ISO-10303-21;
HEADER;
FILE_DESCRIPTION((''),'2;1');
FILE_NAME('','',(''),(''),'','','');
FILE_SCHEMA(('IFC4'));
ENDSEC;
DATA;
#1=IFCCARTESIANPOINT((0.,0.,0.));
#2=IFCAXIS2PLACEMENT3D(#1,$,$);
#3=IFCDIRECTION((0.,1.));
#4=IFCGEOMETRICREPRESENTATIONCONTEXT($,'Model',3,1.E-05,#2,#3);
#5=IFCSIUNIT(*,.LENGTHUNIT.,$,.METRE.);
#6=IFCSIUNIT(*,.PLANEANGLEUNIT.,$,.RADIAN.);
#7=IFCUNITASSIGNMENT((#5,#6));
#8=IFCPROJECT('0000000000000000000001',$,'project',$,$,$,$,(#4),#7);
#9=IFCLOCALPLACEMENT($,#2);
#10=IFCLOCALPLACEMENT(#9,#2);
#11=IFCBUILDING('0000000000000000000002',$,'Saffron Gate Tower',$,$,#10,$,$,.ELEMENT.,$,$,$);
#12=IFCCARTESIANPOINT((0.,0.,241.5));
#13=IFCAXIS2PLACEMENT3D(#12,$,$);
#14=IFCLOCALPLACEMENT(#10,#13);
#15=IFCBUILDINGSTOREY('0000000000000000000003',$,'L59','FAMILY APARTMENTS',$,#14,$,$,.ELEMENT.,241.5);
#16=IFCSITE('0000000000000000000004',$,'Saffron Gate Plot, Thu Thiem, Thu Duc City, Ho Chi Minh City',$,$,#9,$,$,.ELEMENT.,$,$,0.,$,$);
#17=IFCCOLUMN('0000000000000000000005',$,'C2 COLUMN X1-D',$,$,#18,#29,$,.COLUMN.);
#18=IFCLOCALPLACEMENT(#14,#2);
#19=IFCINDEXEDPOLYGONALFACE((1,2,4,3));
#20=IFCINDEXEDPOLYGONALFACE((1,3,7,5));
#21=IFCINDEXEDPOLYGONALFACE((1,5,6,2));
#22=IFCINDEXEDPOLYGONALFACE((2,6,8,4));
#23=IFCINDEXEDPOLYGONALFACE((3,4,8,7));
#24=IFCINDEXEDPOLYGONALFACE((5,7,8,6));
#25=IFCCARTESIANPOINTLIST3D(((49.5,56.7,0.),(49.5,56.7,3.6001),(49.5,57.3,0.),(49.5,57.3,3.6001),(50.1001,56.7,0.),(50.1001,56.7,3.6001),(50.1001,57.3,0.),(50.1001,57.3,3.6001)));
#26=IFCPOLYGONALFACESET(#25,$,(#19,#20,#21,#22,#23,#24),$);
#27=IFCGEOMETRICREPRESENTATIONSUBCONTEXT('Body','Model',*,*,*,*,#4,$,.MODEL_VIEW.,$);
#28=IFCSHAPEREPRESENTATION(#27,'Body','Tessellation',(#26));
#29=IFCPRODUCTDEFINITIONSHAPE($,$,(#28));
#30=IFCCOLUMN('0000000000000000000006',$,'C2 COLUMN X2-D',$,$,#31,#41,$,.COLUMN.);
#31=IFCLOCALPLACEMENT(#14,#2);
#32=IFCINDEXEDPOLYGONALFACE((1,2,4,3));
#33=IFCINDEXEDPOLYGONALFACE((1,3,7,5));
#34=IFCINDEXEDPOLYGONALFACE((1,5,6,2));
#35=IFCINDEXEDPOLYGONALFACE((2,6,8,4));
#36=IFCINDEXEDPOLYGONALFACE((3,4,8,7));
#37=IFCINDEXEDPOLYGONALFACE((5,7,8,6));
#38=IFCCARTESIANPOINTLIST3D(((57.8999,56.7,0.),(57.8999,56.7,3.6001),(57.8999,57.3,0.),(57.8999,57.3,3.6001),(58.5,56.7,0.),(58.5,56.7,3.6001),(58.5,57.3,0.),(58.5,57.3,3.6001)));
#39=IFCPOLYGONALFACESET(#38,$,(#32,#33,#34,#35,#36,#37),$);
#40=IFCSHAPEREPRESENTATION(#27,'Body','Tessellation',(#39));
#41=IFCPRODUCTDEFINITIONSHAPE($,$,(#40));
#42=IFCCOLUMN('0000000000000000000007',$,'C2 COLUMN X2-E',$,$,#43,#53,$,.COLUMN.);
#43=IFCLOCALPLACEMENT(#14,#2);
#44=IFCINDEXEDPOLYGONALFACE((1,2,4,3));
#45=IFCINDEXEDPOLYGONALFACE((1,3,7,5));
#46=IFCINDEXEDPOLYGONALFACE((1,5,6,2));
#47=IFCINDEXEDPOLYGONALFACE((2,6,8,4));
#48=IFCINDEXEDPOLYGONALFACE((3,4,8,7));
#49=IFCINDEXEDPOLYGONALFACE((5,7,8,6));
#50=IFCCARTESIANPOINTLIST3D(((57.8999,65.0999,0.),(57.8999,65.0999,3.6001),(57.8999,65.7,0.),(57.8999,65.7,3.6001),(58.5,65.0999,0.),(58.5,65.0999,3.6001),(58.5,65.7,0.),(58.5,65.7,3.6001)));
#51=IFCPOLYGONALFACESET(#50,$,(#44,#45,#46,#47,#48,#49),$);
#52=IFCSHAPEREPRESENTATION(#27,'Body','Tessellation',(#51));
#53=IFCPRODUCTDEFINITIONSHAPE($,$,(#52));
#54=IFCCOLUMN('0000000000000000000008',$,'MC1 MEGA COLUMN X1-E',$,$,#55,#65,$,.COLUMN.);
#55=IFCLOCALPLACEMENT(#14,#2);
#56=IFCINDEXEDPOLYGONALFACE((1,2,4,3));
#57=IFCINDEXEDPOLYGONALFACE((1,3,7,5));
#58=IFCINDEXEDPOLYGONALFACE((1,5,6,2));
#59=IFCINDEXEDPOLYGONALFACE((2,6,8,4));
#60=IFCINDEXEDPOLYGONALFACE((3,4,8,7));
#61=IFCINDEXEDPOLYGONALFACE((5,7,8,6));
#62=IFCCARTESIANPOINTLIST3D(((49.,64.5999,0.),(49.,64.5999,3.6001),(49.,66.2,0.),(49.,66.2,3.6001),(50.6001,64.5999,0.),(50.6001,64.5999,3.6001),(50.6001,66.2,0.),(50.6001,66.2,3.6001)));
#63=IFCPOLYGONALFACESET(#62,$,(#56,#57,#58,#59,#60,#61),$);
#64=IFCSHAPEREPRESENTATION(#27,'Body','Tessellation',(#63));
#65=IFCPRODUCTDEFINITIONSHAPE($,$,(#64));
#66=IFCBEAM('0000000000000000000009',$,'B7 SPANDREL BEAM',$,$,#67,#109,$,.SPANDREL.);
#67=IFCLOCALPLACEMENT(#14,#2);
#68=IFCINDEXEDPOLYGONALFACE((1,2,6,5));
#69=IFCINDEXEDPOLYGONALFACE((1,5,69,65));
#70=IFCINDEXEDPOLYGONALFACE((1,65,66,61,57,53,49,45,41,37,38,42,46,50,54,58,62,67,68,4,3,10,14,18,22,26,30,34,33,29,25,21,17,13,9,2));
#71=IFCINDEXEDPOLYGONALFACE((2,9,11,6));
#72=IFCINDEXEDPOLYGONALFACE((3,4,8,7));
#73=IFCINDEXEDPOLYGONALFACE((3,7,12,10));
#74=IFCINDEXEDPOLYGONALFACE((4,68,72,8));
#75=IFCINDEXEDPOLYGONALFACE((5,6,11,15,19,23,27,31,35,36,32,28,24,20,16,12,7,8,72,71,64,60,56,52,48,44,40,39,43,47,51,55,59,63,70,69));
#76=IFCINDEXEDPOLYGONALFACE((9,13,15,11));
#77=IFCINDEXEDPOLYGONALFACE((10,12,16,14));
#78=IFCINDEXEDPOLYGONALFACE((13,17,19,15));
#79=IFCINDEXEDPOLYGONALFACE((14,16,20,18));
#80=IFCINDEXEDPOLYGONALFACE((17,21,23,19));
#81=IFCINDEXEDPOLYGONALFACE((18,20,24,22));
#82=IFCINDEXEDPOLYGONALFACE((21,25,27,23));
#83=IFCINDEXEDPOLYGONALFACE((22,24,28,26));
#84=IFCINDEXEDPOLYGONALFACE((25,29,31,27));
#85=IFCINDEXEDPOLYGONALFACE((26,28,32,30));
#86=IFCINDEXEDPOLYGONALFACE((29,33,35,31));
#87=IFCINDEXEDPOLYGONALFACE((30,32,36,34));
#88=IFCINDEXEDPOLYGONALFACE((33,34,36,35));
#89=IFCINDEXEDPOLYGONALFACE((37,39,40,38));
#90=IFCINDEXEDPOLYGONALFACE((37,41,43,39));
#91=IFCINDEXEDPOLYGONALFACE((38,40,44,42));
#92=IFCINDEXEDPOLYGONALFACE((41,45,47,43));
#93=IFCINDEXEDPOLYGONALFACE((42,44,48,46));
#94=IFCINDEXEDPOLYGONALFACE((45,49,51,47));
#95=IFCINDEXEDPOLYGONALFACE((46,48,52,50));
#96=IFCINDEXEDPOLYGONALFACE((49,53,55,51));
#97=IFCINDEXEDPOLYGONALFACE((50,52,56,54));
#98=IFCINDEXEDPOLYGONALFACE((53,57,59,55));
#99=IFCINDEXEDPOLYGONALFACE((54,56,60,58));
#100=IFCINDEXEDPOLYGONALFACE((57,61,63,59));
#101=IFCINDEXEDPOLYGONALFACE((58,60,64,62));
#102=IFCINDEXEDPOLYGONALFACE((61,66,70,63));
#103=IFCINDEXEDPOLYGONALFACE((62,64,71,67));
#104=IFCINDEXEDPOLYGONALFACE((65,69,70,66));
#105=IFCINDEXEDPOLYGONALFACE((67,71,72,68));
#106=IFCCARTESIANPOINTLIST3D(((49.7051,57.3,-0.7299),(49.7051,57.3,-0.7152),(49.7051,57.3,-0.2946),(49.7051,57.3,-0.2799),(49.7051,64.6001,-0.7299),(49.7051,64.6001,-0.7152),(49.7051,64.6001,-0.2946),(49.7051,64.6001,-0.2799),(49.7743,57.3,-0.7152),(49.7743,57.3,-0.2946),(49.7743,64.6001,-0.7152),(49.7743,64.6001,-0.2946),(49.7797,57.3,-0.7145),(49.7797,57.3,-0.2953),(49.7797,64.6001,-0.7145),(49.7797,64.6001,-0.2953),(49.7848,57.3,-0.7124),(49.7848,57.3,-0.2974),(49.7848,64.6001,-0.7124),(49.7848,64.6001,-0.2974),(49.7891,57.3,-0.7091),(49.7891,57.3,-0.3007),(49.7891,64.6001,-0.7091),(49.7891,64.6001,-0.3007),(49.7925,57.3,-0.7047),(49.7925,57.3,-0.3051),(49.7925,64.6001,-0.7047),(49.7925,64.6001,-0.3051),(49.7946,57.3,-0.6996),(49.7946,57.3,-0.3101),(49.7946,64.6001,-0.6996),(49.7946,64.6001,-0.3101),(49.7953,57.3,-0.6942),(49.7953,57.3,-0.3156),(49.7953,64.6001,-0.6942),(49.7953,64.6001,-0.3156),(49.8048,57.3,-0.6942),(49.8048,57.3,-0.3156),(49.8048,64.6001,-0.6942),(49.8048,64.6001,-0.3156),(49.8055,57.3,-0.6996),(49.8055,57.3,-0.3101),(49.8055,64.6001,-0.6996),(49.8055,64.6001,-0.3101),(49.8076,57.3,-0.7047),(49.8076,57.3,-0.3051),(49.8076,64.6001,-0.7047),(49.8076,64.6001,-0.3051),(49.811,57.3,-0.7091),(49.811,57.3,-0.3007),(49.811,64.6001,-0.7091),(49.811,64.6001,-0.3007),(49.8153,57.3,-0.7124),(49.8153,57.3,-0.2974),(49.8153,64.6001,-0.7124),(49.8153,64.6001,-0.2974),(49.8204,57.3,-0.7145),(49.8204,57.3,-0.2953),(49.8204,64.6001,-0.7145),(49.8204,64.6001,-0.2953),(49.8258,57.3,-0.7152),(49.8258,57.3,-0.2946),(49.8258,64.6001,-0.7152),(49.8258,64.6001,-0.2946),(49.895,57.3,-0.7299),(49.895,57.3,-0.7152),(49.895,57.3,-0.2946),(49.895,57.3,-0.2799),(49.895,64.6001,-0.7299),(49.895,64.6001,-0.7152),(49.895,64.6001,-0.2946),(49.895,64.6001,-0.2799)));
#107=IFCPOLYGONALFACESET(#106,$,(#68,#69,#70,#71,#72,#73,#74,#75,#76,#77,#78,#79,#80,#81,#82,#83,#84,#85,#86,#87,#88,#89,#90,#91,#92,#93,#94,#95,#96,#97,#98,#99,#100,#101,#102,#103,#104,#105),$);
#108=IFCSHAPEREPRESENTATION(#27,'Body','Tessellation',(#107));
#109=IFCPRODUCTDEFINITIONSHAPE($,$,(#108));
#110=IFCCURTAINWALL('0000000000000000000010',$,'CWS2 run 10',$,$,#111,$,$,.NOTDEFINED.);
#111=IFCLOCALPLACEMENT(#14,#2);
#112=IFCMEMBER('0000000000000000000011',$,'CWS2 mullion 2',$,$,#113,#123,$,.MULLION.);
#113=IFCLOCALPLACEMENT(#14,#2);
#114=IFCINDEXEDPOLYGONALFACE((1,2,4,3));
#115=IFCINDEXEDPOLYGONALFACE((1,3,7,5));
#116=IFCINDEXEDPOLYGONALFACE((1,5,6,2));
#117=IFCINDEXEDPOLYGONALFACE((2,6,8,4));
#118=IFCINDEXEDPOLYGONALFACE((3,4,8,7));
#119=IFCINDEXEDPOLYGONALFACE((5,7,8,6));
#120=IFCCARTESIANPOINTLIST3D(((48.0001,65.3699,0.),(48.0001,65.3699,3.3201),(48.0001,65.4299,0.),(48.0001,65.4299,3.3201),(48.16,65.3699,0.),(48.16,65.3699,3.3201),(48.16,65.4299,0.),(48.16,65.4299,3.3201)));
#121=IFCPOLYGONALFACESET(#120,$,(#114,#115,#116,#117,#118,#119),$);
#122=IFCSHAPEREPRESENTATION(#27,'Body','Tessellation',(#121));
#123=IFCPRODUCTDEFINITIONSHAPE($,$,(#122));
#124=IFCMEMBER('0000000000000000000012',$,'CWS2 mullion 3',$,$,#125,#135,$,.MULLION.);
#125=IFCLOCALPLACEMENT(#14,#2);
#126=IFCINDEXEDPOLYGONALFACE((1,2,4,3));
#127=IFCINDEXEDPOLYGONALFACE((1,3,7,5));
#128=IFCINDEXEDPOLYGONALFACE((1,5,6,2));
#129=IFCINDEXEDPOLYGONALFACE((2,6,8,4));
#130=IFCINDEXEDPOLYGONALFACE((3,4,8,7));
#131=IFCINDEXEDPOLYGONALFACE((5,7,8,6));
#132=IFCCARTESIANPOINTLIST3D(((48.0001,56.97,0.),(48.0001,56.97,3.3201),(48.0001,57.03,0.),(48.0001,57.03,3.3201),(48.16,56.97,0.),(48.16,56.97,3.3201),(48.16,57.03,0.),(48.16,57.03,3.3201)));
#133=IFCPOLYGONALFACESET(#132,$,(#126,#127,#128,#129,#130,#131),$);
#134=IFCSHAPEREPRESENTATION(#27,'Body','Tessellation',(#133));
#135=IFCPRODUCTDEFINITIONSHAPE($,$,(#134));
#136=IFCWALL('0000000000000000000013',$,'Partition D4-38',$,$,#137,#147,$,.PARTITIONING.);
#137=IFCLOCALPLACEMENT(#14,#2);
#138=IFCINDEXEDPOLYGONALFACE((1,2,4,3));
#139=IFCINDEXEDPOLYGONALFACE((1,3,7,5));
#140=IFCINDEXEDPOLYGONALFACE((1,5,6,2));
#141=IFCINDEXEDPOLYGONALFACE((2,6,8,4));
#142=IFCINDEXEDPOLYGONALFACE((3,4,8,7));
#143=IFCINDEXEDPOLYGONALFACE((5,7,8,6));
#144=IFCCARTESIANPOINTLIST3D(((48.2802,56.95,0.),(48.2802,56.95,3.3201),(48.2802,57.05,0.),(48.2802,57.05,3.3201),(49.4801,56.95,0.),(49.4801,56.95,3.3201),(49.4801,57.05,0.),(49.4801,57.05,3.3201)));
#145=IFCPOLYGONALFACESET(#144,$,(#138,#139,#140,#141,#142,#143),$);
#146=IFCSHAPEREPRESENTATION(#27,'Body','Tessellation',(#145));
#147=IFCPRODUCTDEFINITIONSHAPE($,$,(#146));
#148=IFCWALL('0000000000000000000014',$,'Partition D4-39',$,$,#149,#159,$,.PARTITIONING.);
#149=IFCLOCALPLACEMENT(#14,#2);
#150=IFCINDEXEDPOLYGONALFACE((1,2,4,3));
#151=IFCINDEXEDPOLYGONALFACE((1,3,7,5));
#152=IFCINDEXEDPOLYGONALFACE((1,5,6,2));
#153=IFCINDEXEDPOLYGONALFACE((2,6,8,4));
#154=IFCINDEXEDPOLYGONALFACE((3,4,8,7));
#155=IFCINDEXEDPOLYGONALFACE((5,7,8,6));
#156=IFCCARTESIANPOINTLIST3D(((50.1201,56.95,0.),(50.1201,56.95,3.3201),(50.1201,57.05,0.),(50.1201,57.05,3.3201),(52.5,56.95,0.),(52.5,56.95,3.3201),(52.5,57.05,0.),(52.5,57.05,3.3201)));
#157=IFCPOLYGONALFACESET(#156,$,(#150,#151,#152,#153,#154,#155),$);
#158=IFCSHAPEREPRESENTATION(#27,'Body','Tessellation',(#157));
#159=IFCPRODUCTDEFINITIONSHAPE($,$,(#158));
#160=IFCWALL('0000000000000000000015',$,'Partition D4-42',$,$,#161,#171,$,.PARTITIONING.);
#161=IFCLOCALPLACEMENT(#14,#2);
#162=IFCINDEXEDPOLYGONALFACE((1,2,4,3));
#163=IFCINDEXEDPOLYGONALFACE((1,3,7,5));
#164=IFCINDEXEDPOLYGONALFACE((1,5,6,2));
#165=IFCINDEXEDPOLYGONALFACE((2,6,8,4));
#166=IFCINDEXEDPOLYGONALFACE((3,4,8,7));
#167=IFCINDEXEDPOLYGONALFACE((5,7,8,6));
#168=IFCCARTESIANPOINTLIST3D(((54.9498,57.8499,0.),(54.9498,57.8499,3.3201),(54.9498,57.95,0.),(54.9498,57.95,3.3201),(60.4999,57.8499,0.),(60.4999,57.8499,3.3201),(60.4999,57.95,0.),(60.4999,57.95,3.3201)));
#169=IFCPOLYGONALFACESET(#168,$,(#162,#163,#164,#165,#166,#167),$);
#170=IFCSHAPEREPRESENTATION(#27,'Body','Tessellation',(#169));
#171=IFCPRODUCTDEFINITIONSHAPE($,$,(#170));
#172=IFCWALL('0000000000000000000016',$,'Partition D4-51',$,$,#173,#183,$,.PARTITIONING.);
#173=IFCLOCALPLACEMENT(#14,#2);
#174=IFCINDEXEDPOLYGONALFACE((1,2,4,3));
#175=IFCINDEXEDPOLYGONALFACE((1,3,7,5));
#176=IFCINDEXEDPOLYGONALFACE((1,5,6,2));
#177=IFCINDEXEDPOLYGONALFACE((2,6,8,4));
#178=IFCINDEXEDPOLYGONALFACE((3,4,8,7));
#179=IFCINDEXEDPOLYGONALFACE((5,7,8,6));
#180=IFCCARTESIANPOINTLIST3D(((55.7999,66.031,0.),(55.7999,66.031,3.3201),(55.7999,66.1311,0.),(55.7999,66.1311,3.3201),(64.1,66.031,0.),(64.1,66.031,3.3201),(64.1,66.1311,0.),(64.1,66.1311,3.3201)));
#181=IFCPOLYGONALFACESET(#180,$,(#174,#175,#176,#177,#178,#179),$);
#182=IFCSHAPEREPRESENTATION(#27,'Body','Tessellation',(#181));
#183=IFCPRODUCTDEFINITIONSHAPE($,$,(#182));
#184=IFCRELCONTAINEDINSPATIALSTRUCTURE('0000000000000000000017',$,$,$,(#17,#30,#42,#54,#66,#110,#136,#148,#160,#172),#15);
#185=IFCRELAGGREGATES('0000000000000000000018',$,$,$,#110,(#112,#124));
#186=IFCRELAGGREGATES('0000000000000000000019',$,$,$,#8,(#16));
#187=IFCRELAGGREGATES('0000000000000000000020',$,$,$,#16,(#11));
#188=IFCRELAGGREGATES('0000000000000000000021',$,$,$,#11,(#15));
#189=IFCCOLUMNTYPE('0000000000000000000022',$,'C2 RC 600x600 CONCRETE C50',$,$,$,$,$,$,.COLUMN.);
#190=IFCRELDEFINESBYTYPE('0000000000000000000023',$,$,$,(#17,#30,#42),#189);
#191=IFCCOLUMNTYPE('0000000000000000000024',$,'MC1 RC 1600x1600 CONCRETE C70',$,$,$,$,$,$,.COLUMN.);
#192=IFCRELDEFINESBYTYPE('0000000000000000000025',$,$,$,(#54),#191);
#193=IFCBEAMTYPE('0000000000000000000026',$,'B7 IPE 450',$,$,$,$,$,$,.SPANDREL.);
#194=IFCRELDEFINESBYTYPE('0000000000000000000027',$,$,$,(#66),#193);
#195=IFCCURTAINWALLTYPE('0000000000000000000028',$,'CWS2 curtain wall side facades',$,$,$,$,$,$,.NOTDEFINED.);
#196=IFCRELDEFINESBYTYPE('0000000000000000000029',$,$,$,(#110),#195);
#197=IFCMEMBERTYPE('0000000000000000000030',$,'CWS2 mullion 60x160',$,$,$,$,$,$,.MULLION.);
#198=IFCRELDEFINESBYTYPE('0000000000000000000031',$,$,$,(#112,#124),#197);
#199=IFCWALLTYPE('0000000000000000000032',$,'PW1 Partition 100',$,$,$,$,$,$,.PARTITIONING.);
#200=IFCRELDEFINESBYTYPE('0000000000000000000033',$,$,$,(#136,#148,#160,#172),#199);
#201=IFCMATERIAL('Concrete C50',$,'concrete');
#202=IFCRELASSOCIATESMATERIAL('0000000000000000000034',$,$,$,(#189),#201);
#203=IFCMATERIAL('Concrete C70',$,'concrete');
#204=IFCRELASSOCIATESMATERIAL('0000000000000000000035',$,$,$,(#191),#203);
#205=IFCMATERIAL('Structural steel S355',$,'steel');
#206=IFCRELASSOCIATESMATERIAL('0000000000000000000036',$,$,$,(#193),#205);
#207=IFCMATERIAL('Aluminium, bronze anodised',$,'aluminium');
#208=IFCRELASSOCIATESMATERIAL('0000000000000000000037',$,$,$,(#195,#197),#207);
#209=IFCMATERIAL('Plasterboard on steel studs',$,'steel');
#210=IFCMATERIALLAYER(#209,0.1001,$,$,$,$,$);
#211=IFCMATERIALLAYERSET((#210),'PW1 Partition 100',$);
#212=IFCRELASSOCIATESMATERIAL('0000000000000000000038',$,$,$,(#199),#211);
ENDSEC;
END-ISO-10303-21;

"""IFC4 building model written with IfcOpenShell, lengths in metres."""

from ifc_helpers import new_model, si_unit, direction, frame, frame_2d, origin, origin_2d, place, context, subcontext, project, spatial, rectangle, i_section, extrude, material, layer, layer_set, material_profile, profile_set, type_object, element, aggregate, save


model = new_model("IFC4")

# Units and contexts
model_context = context("Model", 3, precision=1e-05, world=origin(), true_north=direction((0.0, 1.0)))
body_context = subcontext(model_context, "Body", "Model", "MODEL_VIEW")
ifc_project = project(units=[si_unit("LENGTHUNIT", "METRE"), si_unit("PLANEANGLEUNIT", "RADIAN")], contexts=[model_context])

# Site, building, storey
site_placement = place(None, origin())
site = spatial("IfcSite", under=ifc_project, at=site_placement, Name="Saffron Gate Plot, Thu Thiem, Thu Duc City, Ho Chi Minh City", CompositionType="ELEMENT", RefElevation=0.0)
building_placement = place(site_placement, origin())
building = spatial("IfcBuilding", under=site, at=building_placement, Name="Saffron Gate Tower", CompositionType="ELEMENT")
storey_placement = place(building_placement, frame((0.0, 0.0, 241.5)))
storey = spatial("IfcBuildingStorey", under=building, at=storey_placement, Name="L59", Description="FAMILY APARTMENTS", CompositionType="ELEMENT", Elevation=241.5)

# Columns
ifc_material_1 = material(Name="Concrete C50", Category="concrete")
ifc_material_profile_1 = material_profile(ifc_material_1, rectangle(XDim=0.6001, YDim=0.6001, at=origin_2d()))
ifc_profile_set_1 = profile_set([ifc_material_profile_1], Name="Concrete C50")
column_type_1 = type_object("IfcColumnType", Name="C2 RC 600x600 CONCRETE C50", PredefinedType="COLUMN", material=ifc_profile_set_1)
for number, where, z_axis, x_axis, name in (
    (1, (49.8, 57.0, 0.0), (0.0, 0.0, 1.0), (1.0, 0.0, 0.0), "C2 COLUMN X1-D"),
    (2, (58.2, 57.0, 0.0), (0.0, 0.0, 1.0), (1.0, 0.0, 0.0), "C2 COLUMN X2-D"),
    (3, (58.2, 65.3999, 0.0), (0.0, 0.0, 1.0), (1.0, 0.0, 0.0), "C2 COLUMN X2-E"),
):
    element("IfcColumn", number, at=place(storey_placement, frame(where, z_axis=z_axis, x_axis=x_axis)), inside=storey, type_object=column_type_1, Name=name, PredefinedType="COLUMN", context=body_context, shape_type="SweptSolid", body=[
        extrude(rectangle(XDim=0.6001, YDim=0.6001, at=origin_2d()), origin(), (0.0, 0.0, 1.0), 3.6001),
    ])
ifc_material_2 = material(Name="Concrete C70", Category="concrete")
ifc_material_profile_2 = material_profile(ifc_material_2, rectangle(XDim=1.6001, YDim=1.6001, at=origin_2d()))
ifc_profile_set_2 = profile_set([ifc_material_profile_2], Name="Concrete C70")
column_type_2 = type_object("IfcColumnType", Name="MC1 RC 1600x1600 CONCRETE C70", PredefinedType="COLUMN", material=ifc_profile_set_2)
column_placement = place(storey_placement, frame((49.8, 65.3999, 0.0), z_axis=(0.0, 0.0, 1.0), x_axis=(1.0, 0.0, 0.0)))
element("IfcColumn", 4, at=column_placement, inside=storey, type_object=column_type_2, Name="MC1 MEGA COLUMN X1-E", PredefinedType="COLUMN", context=body_context, shape_type="SweptSolid", body=[
    extrude(rectangle(XDim=1.6001, YDim=1.6001, at=origin_2d()), origin(), (0.0, 0.0, 1.0), 3.6001),
])

# Beam
ifc_material_3 = material(Name="Structural steel S355", Category="steel")
ifc_material_profile_3 = material_profile(ifc_material_3, i_section(OverallWidth=0.1899, OverallDepth=0.45, WebThickness=0.0095, FlangeThickness=0.0146, FilletRadius=0.021, at=origin_2d()))
ifc_profile_set_3 = profile_set([ifc_material_profile_3], Name="Structural steel S355")
beam_type = type_object("IfcBeamType", Name="B7 IPE 450", PredefinedType="SPANDREL", material=ifc_profile_set_3)
beam_placement = place(storey_placement, frame((49.8, 57.3, -0.5049), z_axis=(0.0, 1.0, 0.0), x_axis=(-1.0, 0.0, 0.0)))
element("IfcBeam", 5, at=beam_placement, inside=storey, type_object=beam_type, Name="B7 SPANDREL BEAM", PredefinedType="SPANDREL", context=body_context, shape_type="SweptSolid", body=[
    extrude(i_section(OverallWidth=0.1899, OverallDepth=0.45, WebThickness=0.0095, FlangeThickness=0.0146, FilletRadius=0.021, at=origin_2d()), origin(), (0.0, 0.0, 1.0), 7.3),
])

# Curtain wall, members
ifc_material_4 = material(Name="Aluminium, bronze anodised", Category="aluminium")
curtain_wall_type = type_object("IfcCurtainWallType", Name="CWS2 curtain wall side facades", PredefinedType="NOTDEFINED", material=ifc_material_4)
curtain_wall_placement = place(storey_placement, origin())
curtain_wall = element("IfcCurtainWall", 6, at=curtain_wall_placement, inside=storey, type_object=curtain_wall_type, Name="CWS2 run 10", PredefinedType="NOTDEFINED")
ifc_material_profile_4 = material_profile(ifc_material_4, rectangle(XDim=0.1599, YDim=0.0601, at=origin_2d()))
ifc_profile_set_4 = profile_set([ifc_material_profile_4], Name="Aluminium, bronze anodised")
member_type = type_object("IfcMemberType", Name="CWS2 mullion 60x160", PredefinedType="MULLION", material=ifc_profile_set_4)
member_1_placement = place(storey_placement, frame((48.0801, 65.3999, 0.0), z_axis=(0.0, 0.0, 1.0), x_axis=(1.0, 0.0, 0.0)))
member_1 = element("IfcMember", 7, at=member_1_placement, type_object=member_type, Name="CWS2 mullion 2", PredefinedType="MULLION", context=body_context, shape_type="SweptSolid", body=[
    extrude(rectangle(XDim=0.1599, YDim=0.0601, at=origin_2d()), origin(), (0.0, 0.0, 1.0), 3.3201),
])
member_2_placement = place(storey_placement, frame((48.0801, 57.0, 0.0), z_axis=(0.0, 0.0, 1.0), x_axis=(1.0, 0.0, 0.0)))
member_2 = element("IfcMember", 8, at=member_2_placement, type_object=member_type, Name="CWS2 mullion 3", PredefinedType="MULLION", context=body_context, shape_type="SweptSolid", body=[
    extrude(rectangle(XDim=0.1599, YDim=0.0601, at=origin_2d()), origin(), (0.0, 0.0, 1.0), 3.3201),
])
aggregate(curtain_wall, [member_1, member_2])

# Walls
ifc_material_5 = material(Name="Plasterboard on steel studs", Category="steel")
ifc_layer_1 = layer(ifc_material_5, 0.1001)
ifc_layer_set_1 = layer_set([ifc_layer_1], Name="PW1 Partition 100")
wall_type_1 = type_object("IfcWallType", Name="PW1 Partition 100", PredefinedType="PARTITIONING", material=ifc_layer_set_1)
wall_1_placement = place(storey_placement, frame((48.28, 57.0, 0.0), z_axis=(0.0, 0.0, 1.0), x_axis=(1.0, 0.0, 0.0)))
element("IfcWall", 9, at=wall_1_placement, inside=storey, type_object=wall_type_1, Name="Partition D4-38", PredefinedType="PARTITIONING", context=body_context, shape_type="SweptSolid", body=[
    extrude(rectangle(XDim=1.2, YDim=0.1001, at=frame_2d((0.6001, 0.0))), origin(), (0.0, 0.0, 1.0), 3.3201),
])
wall_2_placement = place(storey_placement, frame((50.1201, 57.0, 0.0), z_axis=(0.0, 0.0, 1.0), x_axis=(1.0, 0.0, 0.0)))
element("IfcWall", 10, at=wall_2_placement, inside=storey, type_object=wall_type_1, Name="Partition D4-39", PredefinedType="PARTITIONING", context=body_context, shape_type="SweptSolid", body=[
    extrude(rectangle(XDim=2.3799, YDim=0.1001, at=frame_2d((1.1899, 0.0))), origin(), (0.0, 0.0, 1.0), 3.3201),
])
wall_3_placement = place(storey_placement, frame((54.95, 57.8999, 0.0), z_axis=(0.0, 0.0, 1.0), x_axis=(1.0, 0.0, 0.0)))
element("IfcWall", 11, at=wall_3_placement, inside=storey, type_object=wall_type_1, Name="Partition D4-42", PredefinedType="PARTITIONING", context=body_context, shape_type="SweptSolid", body=[
    extrude(rectangle(XDim=5.55, YDim=0.1001, at=frame_2d((2.7749, 0.0))), origin(), (0.0, 0.0, 1.0), 3.3201),
])
wall_4_placement = place(storey_placement, frame((55.8, 66.0811, 0.0), z_axis=(0.0, 0.0, 1.0), x_axis=(1.0, 0.0, 0.0)))
element("IfcWall", 12, at=wall_4_placement, inside=storey, type_object=wall_type_1, Name="Partition D4-51", PredefinedType="PARTITIONING", context=body_context, shape_type="SweptSolid", body=[
    extrude(rectangle(XDim=8.3, YDim=0.1001, at=frame_2d((4.1499, 0.0))), origin(), (0.0, 0.0, 1.0), 3.3201),
])

save(model, "model.ifc")
